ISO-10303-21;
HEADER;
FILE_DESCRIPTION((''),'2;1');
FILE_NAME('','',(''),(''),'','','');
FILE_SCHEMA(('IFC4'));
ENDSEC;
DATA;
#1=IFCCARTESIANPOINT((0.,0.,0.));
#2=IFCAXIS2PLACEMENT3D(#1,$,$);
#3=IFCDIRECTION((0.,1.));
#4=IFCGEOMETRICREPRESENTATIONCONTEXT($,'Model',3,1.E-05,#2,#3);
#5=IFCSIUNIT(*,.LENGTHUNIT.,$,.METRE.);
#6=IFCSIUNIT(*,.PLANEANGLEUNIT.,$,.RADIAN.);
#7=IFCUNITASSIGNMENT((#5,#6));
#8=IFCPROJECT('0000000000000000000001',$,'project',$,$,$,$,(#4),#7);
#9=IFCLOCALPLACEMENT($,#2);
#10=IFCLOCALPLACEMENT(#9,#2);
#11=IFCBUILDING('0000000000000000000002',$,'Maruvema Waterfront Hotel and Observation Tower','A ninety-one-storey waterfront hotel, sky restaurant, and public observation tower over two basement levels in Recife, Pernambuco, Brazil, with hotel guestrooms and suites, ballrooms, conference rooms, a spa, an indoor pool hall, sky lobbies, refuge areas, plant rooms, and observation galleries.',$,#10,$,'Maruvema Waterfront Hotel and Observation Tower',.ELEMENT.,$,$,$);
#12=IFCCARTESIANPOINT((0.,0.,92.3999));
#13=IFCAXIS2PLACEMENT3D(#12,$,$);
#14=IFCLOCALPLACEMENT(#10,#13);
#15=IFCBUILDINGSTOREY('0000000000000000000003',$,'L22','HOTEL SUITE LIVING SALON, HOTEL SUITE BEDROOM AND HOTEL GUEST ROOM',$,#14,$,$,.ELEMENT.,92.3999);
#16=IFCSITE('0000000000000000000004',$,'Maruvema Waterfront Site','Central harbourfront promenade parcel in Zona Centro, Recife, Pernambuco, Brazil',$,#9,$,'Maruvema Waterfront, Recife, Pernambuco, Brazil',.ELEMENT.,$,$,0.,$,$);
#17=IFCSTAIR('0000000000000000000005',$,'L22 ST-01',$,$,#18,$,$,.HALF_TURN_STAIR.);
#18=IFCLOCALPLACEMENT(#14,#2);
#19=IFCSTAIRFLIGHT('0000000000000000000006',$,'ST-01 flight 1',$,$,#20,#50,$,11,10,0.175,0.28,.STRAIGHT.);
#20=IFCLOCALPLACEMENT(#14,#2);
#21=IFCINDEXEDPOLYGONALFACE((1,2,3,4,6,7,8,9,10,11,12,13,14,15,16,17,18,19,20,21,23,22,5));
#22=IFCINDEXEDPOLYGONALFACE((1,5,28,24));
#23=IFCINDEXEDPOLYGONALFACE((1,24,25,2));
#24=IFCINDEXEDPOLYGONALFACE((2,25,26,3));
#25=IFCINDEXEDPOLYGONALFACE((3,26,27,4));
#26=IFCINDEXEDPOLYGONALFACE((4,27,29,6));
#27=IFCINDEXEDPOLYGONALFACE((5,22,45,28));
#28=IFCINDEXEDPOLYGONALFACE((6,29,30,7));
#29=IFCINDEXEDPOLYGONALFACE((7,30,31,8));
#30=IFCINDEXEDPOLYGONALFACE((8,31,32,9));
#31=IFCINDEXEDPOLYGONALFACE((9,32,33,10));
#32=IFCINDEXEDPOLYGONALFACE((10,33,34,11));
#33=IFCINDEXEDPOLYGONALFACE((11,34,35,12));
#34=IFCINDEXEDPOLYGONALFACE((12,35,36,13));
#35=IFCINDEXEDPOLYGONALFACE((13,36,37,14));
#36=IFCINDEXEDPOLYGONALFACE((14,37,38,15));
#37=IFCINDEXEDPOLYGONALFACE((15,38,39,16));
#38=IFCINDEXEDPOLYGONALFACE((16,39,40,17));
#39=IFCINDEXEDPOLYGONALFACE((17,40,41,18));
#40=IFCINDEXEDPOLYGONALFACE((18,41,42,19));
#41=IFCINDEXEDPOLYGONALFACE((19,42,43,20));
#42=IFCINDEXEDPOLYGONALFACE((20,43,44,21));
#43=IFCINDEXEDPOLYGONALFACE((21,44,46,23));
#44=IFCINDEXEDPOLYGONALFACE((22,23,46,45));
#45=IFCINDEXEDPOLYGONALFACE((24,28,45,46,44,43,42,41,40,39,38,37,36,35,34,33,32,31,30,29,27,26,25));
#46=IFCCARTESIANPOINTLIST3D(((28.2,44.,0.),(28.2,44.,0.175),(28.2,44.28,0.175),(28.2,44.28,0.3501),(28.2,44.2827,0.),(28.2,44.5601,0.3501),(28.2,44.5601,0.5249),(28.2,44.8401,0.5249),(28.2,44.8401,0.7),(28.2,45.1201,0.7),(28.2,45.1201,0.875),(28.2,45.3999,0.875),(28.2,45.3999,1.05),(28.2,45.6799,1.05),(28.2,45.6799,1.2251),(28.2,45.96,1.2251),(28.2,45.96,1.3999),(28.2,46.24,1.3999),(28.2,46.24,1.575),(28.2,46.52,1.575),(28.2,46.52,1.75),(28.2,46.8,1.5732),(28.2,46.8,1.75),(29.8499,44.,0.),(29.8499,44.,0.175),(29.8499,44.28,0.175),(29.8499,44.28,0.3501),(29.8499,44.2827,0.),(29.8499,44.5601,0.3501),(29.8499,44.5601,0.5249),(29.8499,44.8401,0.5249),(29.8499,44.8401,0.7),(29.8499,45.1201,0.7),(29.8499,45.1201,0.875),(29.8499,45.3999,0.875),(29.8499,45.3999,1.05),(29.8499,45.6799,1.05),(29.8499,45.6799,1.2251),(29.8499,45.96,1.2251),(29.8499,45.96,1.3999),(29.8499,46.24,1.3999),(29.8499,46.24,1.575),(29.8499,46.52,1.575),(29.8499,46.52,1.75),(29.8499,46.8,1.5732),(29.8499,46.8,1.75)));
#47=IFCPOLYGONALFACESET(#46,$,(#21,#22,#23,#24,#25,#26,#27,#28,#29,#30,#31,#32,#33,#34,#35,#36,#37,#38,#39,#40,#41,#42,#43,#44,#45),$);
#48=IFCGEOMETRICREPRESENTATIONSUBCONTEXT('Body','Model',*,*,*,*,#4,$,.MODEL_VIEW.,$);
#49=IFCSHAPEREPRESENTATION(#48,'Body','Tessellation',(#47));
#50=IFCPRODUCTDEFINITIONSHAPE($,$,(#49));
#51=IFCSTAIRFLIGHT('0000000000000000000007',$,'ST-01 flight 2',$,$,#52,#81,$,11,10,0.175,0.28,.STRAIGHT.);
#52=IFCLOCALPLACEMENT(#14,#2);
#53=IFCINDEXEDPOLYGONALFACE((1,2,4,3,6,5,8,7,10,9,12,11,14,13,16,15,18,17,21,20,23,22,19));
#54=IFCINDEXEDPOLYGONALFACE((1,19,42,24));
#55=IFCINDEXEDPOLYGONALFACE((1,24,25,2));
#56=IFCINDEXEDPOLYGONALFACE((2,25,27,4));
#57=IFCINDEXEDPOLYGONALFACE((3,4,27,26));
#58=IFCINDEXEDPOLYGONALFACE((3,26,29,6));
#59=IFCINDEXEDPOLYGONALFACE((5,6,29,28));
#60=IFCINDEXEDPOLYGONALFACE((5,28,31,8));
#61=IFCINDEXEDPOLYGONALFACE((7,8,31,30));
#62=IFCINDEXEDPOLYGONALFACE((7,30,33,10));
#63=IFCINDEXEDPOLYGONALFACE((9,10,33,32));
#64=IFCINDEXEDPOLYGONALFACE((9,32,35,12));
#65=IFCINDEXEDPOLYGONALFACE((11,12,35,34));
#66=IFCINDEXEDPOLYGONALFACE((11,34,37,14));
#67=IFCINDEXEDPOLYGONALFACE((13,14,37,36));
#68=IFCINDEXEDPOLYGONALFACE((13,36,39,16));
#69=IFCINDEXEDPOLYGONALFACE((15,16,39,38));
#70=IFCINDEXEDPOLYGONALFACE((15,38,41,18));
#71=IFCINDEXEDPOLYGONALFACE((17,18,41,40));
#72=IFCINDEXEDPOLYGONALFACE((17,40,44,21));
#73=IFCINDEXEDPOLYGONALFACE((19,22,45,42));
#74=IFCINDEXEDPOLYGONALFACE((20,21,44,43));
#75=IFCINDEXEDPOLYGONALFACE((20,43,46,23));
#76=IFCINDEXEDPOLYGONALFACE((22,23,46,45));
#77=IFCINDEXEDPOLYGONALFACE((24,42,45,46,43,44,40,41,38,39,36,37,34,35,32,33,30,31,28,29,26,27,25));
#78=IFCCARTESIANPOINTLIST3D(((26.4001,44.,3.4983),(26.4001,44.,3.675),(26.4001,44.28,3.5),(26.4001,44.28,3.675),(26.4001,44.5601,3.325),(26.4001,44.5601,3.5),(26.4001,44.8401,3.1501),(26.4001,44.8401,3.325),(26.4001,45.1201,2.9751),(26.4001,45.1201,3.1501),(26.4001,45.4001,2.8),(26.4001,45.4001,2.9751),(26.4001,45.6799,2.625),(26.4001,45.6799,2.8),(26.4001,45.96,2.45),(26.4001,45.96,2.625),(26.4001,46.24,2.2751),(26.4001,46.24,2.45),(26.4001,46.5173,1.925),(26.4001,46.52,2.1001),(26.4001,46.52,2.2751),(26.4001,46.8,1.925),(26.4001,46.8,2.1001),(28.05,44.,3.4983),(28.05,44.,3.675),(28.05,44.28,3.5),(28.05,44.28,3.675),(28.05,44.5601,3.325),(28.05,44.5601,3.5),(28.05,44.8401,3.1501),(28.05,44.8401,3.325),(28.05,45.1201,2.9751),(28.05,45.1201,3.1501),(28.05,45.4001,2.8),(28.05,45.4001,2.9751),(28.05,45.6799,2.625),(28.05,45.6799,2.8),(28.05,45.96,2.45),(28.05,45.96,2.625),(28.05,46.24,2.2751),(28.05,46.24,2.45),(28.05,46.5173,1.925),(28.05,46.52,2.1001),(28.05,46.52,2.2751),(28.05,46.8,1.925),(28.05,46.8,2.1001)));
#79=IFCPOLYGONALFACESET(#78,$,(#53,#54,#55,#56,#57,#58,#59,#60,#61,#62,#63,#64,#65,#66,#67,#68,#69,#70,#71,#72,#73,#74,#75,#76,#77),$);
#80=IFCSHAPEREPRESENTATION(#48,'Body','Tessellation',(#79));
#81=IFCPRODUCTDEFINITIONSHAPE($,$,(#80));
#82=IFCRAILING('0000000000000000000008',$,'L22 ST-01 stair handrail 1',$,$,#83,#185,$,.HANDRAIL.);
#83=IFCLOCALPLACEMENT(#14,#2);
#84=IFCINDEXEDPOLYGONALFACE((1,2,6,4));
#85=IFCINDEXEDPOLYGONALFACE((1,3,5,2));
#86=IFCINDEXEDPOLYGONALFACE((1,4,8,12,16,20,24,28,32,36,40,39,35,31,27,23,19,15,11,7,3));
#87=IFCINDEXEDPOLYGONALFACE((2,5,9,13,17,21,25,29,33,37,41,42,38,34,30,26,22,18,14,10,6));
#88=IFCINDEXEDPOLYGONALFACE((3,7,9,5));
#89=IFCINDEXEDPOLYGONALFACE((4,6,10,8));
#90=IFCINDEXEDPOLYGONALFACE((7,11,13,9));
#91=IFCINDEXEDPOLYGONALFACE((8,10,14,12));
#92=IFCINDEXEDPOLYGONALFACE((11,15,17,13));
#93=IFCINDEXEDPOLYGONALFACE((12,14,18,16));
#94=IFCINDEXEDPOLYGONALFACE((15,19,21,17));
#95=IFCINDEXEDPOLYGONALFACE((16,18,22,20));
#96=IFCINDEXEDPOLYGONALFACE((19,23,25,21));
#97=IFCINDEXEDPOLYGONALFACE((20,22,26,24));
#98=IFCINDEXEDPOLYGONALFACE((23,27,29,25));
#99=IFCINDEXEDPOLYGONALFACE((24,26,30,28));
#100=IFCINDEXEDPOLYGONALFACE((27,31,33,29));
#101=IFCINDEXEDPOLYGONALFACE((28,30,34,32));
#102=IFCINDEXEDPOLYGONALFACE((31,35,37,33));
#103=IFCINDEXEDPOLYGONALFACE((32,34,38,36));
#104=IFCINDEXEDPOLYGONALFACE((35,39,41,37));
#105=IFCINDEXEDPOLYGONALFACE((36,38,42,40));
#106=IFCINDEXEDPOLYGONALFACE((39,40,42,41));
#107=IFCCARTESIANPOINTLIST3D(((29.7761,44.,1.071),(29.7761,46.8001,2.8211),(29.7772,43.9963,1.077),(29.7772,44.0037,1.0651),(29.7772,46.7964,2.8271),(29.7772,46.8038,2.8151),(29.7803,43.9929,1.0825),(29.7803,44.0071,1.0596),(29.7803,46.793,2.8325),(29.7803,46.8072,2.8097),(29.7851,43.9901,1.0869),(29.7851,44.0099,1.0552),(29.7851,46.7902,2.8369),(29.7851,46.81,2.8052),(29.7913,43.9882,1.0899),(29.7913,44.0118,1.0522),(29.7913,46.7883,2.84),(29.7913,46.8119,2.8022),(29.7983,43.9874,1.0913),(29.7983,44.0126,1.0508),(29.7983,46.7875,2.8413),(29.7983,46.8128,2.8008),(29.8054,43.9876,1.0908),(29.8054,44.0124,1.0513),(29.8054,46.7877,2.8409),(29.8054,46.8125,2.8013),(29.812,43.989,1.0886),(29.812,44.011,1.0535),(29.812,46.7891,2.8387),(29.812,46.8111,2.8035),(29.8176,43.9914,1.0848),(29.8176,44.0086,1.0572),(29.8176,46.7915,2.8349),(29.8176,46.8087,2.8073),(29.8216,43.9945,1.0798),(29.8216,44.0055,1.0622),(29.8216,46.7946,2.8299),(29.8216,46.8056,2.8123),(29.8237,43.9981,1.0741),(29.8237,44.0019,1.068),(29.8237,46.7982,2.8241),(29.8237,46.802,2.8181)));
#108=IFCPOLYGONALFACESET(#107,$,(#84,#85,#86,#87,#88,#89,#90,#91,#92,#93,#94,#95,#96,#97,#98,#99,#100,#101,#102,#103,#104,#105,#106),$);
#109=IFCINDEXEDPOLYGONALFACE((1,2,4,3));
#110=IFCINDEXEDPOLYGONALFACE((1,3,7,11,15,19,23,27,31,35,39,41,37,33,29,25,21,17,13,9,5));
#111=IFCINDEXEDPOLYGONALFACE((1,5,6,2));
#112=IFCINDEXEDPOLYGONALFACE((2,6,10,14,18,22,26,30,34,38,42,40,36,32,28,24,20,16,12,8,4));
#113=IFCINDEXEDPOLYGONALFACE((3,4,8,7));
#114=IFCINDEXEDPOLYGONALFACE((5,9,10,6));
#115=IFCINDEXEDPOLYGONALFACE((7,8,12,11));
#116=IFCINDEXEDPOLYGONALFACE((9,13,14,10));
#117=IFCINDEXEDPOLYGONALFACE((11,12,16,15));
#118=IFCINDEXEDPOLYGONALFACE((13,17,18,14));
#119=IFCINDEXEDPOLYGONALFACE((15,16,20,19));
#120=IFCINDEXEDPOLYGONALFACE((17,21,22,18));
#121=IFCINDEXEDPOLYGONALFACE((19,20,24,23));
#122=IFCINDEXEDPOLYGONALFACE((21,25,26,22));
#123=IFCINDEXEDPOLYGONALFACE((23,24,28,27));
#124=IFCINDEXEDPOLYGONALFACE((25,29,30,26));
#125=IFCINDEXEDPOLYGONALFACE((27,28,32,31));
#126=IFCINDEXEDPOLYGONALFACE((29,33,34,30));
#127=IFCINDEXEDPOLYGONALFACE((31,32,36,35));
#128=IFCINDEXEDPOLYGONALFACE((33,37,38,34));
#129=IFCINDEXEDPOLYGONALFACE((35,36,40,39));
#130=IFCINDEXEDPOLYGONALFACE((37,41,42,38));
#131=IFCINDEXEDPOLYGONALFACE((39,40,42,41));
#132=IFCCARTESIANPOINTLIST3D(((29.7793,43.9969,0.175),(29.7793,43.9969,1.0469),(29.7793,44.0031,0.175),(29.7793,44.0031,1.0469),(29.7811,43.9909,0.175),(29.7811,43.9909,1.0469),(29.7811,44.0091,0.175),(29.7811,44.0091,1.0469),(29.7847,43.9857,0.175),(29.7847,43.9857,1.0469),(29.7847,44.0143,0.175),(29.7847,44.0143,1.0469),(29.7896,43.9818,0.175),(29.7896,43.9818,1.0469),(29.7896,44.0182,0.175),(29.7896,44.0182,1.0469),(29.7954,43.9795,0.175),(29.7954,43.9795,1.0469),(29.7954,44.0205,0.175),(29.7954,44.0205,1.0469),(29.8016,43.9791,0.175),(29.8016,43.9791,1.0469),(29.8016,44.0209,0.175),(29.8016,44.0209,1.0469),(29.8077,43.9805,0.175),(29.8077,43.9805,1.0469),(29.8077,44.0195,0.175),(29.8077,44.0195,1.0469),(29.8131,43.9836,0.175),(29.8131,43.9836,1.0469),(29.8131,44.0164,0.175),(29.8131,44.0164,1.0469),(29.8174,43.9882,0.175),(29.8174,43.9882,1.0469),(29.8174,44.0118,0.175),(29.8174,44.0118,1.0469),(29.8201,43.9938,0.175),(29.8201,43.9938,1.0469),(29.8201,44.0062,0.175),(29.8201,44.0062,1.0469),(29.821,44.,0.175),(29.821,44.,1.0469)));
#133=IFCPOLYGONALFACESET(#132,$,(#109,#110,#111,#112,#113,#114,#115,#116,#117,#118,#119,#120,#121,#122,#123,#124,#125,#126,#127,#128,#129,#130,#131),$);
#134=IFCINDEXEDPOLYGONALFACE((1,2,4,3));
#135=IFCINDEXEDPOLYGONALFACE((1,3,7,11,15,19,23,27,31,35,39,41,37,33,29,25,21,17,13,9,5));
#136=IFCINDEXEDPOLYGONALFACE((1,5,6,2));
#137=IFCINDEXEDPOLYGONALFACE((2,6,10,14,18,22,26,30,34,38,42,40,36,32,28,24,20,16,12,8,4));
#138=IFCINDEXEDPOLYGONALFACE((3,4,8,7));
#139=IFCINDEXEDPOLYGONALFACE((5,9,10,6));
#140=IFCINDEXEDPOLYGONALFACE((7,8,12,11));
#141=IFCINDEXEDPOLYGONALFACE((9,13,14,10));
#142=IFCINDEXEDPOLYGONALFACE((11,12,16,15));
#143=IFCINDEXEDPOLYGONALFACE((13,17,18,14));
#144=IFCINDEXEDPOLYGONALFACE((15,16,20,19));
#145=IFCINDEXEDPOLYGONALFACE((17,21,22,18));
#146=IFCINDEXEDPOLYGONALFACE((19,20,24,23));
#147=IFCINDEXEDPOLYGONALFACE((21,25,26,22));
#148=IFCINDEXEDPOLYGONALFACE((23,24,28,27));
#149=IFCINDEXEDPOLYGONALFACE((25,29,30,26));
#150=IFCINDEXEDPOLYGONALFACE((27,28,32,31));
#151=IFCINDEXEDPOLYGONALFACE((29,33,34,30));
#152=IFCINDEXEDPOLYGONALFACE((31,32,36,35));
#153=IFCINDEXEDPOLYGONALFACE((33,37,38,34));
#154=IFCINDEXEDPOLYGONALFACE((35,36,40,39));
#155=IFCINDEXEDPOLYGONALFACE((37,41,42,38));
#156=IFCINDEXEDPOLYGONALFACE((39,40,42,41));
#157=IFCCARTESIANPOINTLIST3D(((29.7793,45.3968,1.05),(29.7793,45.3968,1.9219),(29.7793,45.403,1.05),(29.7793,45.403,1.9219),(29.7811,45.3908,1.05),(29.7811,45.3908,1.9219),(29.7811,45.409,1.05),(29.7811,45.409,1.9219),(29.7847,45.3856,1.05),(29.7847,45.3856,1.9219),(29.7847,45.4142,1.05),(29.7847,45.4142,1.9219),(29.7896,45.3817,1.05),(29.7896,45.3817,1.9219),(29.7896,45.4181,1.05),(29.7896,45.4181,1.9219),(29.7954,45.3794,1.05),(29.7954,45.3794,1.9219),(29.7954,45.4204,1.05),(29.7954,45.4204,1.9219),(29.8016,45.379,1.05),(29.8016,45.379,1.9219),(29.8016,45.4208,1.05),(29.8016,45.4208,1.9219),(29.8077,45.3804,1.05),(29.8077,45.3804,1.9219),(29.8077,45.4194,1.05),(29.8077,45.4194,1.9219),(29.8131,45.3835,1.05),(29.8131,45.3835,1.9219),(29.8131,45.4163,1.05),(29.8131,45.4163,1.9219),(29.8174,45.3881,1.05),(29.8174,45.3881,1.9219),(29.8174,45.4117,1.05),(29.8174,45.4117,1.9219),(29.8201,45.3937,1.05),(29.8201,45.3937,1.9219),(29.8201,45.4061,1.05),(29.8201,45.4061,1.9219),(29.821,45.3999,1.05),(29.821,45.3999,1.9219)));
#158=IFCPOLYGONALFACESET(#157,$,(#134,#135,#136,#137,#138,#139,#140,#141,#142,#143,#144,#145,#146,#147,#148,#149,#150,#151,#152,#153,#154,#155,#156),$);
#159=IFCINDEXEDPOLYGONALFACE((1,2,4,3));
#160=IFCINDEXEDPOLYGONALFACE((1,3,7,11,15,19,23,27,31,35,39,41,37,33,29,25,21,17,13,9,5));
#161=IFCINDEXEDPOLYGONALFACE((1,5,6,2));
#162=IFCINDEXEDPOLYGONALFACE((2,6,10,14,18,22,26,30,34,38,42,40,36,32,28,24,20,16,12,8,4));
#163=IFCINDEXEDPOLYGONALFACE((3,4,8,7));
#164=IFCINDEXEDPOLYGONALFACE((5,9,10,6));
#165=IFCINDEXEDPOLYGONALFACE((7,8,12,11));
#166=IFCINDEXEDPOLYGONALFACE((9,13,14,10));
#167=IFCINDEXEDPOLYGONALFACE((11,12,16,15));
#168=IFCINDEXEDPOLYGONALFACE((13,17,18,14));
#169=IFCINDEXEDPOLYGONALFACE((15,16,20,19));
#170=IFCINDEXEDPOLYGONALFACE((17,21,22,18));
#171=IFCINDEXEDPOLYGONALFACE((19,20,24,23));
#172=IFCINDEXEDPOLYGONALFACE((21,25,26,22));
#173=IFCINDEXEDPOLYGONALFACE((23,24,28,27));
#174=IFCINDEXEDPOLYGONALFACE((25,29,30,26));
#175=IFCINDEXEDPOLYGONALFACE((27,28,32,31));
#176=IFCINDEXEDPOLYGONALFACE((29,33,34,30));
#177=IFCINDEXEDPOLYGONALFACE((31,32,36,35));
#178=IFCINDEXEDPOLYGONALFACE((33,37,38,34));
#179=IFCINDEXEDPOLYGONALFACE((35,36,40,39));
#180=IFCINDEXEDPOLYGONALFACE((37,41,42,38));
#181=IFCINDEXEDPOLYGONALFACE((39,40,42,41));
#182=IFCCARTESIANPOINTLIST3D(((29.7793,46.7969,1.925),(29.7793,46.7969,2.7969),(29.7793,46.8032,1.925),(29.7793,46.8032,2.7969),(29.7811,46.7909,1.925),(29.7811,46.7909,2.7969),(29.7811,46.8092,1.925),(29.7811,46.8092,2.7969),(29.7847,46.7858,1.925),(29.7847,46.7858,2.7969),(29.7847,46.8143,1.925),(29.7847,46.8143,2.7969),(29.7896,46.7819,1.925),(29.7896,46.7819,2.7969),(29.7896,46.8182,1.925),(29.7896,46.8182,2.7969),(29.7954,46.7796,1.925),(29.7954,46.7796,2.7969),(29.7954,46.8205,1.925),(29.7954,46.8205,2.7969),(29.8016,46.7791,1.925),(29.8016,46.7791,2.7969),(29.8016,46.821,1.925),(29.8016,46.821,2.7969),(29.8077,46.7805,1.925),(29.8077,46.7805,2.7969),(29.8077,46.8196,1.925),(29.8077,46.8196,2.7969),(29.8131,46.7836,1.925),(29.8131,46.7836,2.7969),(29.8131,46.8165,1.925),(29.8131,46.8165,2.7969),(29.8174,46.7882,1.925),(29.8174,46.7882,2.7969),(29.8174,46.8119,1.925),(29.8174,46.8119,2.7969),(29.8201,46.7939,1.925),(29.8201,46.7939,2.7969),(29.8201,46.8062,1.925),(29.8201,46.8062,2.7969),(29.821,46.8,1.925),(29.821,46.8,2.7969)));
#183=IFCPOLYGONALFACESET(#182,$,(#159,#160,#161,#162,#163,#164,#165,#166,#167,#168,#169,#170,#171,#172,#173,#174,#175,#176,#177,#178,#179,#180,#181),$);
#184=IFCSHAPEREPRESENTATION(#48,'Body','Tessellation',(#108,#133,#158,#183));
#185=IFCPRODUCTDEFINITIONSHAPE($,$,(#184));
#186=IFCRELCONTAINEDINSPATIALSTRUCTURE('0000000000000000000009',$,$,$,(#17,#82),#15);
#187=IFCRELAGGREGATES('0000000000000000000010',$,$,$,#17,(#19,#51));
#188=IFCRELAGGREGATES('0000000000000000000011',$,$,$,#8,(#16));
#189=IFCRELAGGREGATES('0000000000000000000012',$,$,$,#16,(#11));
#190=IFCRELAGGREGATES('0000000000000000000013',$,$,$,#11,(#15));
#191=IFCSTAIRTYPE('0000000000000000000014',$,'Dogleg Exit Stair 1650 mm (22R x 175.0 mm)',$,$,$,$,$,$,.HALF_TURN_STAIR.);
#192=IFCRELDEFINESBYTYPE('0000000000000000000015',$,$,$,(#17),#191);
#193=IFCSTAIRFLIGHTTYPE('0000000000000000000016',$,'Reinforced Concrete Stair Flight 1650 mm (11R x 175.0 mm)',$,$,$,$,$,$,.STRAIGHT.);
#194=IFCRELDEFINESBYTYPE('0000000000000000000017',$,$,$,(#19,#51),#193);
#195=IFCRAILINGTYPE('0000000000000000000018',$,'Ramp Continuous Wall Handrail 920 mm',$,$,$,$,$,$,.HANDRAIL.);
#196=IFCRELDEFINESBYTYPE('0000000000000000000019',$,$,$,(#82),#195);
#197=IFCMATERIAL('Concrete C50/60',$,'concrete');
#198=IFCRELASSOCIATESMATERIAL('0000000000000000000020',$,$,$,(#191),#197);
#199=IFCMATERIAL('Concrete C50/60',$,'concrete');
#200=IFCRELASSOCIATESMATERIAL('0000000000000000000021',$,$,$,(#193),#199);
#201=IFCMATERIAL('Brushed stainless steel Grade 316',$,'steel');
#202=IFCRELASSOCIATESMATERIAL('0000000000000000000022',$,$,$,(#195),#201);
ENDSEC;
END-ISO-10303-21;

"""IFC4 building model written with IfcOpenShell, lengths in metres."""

from ifc_helpers import new_model, si_unit, direction, frame, origin, origin_2d, place, context, subcontext, project, spatial, polyline, circle, outline, extrude, material, type_object, element, aggregate, save


model = new_model("IFC4")

# Units and contexts
model_context = context("Model", 3, precision=1e-05, world=origin(), true_north=direction((0.0, 1.0)))
body_context = subcontext(model_context, "Body", "Model", "MODEL_VIEW")
ifc_project = project(units=[si_unit("LENGTHUNIT", "METRE"), si_unit("PLANEANGLEUNIT", "RADIAN")], contexts=[model_context])

# Site, building, storey
site_placement = place(None, origin())
site = spatial("IfcSite", under=ifc_project, at=site_placement, Name="Maruvema Waterfront Site", Description="Central harbourfront promenade parcel in Zona Centro, Recife, Pernambuco, Brazil", LongName="Maruvema Waterfront, Recife, Pernambuco, Brazil", CompositionType="ELEMENT", RefElevation=0.0)
building_placement = place(site_placement, origin())
building = spatial("IfcBuilding", under=site, at=building_placement, Name="Maruvema Waterfront Hotel and Observation Tower", Description="A ninety-one-storey waterfront hotel, sky restaurant, and public observation tower over two basement levels in Recife, Pernambuco, Brazil, with hotel guestrooms and suites, ballrooms, conference rooms, a spa, an indoor pool hall, sky lobbies, refuge areas, plant rooms, and observation galleries.", LongName="Maruvema Waterfront Hotel and Observation Tower", CompositionType="ELEMENT")
storey_placement = place(building_placement, frame((0.0, 0.0, 92.3999)))
storey = spatial("IfcBuildingStorey", under=building, at=storey_placement, Name="L22", Description="HOTEL SUITE LIVING SALON, HOTEL SUITE BEDROOM AND HOTEL GUEST ROOM", CompositionType="ELEMENT", Elevation=92.3999)

# Stair, stair flights
ifc_material_1 = material(Name="Concrete C50/60", Category="concrete")
stair_type = type_object("IfcStairType", Name="Dogleg Exit Stair 1650 mm (22R x 175.0 mm)", PredefinedType="HALF_TURN_STAIR", material=ifc_material_1)
stair_placement = place(storey_placement, origin())
stair = element("IfcStair", 1, at=stair_placement, inside=storey, type_object=stair_type, Name="L22 ST-01", PredefinedType="HALF_TURN_STAIR")
ifc_material_2 = material(Name="Concrete C50/60", Category="concrete")
stair_flight_type = type_object("IfcStairFlightType", Name="Reinforced Concrete Stair Flight 1650 mm (11R x 175.0 mm)", PredefinedType="STRAIGHT", material=ifc_material_2)
stair_flight_1_placement = place(storey_placement, frame((29.0249, 44.0, 0.0), z_axis=(0.0, 0.0, 1.0), x_axis=(0.0, 1.0, 0.0)))
stair_flight_1 = element("IfcStairFlight", 2, at=stair_flight_1_placement, type_object=stair_flight_type, Name="ST-01 flight 1", NumberOfRisers=11, NumberOfTreads=10, PredefinedType="STRAIGHT", RiserHeight=0.175, TreadLength=0.28, context=body_context, shape_type="SweptSolid", body=[
    extrude(outline(polyline([(0.0, 0.0), (0.0, 0.175), (0.28, 0.175), (0.28, 0.3501), (0.5601, 0.3501), (0.5601, 0.5249), (0.8401, 0.5249), (0.8401, 0.7), (1.1201, 0.7), (1.1201, 0.875), (1.3999, 0.875), (1.3999, 1.05), (1.6799, 1.05), (1.6799, 1.2251), (1.96, 1.2251), (1.96, 1.3999), (2.24, 1.3999), (2.24, 1.575), (2.52, 1.575), (2.52, 1.75), (2.8, 1.75), (2.8, 1.925), (2.8, 1.5732), (0.2827, 0.0), (0.0, 0.0)])), frame((0.0, 0.825, 0.0), z_axis=(0.0, -1.0, 0.0), x_axis=(1.0, 0.0, 0.0)), (0.0, 0.0, 1.0), 1.6499),
])
stair_flight_2_placement = place(storey_placement, frame((27.2251, 46.8, 1.925), z_axis=(0.0, 0.0, 1.0), x_axis=(0.0, -1.0, 0.0)))
stair_flight_2 = element("IfcStairFlight", 3, at=stair_flight_2_placement, type_object=stair_flight_type, Name="ST-01 flight 2", NumberOfRisers=11, NumberOfTreads=10, PredefinedType="STRAIGHT", RiserHeight=0.175, TreadLength=0.28, context=body_context, shape_type="SweptSolid", body=[
    extrude(outline(polyline([(0.0, 0.0), (0.0, 0.175), (0.28, 0.175), (0.28, 0.3501), (0.5601, 0.3501), (0.5601, 0.5249), (0.8401, 0.5249), (0.8401, 0.7), (1.1201, 0.7), (1.1201, 0.875), (1.3999, 0.875), (1.3999, 1.05), (1.6799, 1.05), (1.6799, 1.2251), (1.96, 1.2251), (1.96, 1.3999), (2.24, 1.3999), (2.24, 1.575), (2.52, 1.575), (2.52, 1.75), (2.8, 1.75), (2.8, 1.925), (2.8, 1.5732), (0.2827, 0.0), (0.0, 0.0)])), frame((0.0, 0.825, 0.0), z_axis=(0.0, -1.0, 0.0), x_axis=(1.0, 0.0, 0.0)), (0.0, 0.0, 1.0), 1.6499),
])
aggregate(stair, [stair_flight_1, stair_flight_2])

# Railing
ifc_material_3 = material(Name="Brushed stainless steel Grade 316", Category="steel")
railing_type_1 = type_object("IfcRailingType", Name="Ramp Continuous Wall Handrail 920 mm", PredefinedType="HANDRAIL", material=ifc_material_3)
railing_1_placement = place(storey_placement, frame((29.8, 44.0, 0.175)))
element("IfcRailing", 4, at=railing_1_placement, inside=storey, type_object=railing_type_1, Name="L22 ST-01 stair handrail 1", PredefinedType="HANDRAIL", context=body_context, shape_type="SweptSolid", body=[
    extrude(circle(Radius=0.0239, at=origin_2d()), frame((0.0, 0.0, 0.896), z_axis=(0.0, 0.848002, 0.529992), x_axis=(-1.0, 0.0, 0.0)), (0.0, 0.0, 1.0), 3.302),
    extrude(circle(Radius=0.021, at=origin_2d()), origin(), (0.0, 0.0, 1.0), 0.8718),
    extrude(circle(Radius=0.021, at=origin_2d()), frame((0.0, 1.3999, 0.875)), (0.0, 0.0, 1.0), 0.8718),
    extrude(circle(Radius=0.021, at=origin_2d()), frame((0.0, 2.8, 1.75)), (0.0, 0.0, 1.0), 0.8718),
])

save(model, "model.ifc")
